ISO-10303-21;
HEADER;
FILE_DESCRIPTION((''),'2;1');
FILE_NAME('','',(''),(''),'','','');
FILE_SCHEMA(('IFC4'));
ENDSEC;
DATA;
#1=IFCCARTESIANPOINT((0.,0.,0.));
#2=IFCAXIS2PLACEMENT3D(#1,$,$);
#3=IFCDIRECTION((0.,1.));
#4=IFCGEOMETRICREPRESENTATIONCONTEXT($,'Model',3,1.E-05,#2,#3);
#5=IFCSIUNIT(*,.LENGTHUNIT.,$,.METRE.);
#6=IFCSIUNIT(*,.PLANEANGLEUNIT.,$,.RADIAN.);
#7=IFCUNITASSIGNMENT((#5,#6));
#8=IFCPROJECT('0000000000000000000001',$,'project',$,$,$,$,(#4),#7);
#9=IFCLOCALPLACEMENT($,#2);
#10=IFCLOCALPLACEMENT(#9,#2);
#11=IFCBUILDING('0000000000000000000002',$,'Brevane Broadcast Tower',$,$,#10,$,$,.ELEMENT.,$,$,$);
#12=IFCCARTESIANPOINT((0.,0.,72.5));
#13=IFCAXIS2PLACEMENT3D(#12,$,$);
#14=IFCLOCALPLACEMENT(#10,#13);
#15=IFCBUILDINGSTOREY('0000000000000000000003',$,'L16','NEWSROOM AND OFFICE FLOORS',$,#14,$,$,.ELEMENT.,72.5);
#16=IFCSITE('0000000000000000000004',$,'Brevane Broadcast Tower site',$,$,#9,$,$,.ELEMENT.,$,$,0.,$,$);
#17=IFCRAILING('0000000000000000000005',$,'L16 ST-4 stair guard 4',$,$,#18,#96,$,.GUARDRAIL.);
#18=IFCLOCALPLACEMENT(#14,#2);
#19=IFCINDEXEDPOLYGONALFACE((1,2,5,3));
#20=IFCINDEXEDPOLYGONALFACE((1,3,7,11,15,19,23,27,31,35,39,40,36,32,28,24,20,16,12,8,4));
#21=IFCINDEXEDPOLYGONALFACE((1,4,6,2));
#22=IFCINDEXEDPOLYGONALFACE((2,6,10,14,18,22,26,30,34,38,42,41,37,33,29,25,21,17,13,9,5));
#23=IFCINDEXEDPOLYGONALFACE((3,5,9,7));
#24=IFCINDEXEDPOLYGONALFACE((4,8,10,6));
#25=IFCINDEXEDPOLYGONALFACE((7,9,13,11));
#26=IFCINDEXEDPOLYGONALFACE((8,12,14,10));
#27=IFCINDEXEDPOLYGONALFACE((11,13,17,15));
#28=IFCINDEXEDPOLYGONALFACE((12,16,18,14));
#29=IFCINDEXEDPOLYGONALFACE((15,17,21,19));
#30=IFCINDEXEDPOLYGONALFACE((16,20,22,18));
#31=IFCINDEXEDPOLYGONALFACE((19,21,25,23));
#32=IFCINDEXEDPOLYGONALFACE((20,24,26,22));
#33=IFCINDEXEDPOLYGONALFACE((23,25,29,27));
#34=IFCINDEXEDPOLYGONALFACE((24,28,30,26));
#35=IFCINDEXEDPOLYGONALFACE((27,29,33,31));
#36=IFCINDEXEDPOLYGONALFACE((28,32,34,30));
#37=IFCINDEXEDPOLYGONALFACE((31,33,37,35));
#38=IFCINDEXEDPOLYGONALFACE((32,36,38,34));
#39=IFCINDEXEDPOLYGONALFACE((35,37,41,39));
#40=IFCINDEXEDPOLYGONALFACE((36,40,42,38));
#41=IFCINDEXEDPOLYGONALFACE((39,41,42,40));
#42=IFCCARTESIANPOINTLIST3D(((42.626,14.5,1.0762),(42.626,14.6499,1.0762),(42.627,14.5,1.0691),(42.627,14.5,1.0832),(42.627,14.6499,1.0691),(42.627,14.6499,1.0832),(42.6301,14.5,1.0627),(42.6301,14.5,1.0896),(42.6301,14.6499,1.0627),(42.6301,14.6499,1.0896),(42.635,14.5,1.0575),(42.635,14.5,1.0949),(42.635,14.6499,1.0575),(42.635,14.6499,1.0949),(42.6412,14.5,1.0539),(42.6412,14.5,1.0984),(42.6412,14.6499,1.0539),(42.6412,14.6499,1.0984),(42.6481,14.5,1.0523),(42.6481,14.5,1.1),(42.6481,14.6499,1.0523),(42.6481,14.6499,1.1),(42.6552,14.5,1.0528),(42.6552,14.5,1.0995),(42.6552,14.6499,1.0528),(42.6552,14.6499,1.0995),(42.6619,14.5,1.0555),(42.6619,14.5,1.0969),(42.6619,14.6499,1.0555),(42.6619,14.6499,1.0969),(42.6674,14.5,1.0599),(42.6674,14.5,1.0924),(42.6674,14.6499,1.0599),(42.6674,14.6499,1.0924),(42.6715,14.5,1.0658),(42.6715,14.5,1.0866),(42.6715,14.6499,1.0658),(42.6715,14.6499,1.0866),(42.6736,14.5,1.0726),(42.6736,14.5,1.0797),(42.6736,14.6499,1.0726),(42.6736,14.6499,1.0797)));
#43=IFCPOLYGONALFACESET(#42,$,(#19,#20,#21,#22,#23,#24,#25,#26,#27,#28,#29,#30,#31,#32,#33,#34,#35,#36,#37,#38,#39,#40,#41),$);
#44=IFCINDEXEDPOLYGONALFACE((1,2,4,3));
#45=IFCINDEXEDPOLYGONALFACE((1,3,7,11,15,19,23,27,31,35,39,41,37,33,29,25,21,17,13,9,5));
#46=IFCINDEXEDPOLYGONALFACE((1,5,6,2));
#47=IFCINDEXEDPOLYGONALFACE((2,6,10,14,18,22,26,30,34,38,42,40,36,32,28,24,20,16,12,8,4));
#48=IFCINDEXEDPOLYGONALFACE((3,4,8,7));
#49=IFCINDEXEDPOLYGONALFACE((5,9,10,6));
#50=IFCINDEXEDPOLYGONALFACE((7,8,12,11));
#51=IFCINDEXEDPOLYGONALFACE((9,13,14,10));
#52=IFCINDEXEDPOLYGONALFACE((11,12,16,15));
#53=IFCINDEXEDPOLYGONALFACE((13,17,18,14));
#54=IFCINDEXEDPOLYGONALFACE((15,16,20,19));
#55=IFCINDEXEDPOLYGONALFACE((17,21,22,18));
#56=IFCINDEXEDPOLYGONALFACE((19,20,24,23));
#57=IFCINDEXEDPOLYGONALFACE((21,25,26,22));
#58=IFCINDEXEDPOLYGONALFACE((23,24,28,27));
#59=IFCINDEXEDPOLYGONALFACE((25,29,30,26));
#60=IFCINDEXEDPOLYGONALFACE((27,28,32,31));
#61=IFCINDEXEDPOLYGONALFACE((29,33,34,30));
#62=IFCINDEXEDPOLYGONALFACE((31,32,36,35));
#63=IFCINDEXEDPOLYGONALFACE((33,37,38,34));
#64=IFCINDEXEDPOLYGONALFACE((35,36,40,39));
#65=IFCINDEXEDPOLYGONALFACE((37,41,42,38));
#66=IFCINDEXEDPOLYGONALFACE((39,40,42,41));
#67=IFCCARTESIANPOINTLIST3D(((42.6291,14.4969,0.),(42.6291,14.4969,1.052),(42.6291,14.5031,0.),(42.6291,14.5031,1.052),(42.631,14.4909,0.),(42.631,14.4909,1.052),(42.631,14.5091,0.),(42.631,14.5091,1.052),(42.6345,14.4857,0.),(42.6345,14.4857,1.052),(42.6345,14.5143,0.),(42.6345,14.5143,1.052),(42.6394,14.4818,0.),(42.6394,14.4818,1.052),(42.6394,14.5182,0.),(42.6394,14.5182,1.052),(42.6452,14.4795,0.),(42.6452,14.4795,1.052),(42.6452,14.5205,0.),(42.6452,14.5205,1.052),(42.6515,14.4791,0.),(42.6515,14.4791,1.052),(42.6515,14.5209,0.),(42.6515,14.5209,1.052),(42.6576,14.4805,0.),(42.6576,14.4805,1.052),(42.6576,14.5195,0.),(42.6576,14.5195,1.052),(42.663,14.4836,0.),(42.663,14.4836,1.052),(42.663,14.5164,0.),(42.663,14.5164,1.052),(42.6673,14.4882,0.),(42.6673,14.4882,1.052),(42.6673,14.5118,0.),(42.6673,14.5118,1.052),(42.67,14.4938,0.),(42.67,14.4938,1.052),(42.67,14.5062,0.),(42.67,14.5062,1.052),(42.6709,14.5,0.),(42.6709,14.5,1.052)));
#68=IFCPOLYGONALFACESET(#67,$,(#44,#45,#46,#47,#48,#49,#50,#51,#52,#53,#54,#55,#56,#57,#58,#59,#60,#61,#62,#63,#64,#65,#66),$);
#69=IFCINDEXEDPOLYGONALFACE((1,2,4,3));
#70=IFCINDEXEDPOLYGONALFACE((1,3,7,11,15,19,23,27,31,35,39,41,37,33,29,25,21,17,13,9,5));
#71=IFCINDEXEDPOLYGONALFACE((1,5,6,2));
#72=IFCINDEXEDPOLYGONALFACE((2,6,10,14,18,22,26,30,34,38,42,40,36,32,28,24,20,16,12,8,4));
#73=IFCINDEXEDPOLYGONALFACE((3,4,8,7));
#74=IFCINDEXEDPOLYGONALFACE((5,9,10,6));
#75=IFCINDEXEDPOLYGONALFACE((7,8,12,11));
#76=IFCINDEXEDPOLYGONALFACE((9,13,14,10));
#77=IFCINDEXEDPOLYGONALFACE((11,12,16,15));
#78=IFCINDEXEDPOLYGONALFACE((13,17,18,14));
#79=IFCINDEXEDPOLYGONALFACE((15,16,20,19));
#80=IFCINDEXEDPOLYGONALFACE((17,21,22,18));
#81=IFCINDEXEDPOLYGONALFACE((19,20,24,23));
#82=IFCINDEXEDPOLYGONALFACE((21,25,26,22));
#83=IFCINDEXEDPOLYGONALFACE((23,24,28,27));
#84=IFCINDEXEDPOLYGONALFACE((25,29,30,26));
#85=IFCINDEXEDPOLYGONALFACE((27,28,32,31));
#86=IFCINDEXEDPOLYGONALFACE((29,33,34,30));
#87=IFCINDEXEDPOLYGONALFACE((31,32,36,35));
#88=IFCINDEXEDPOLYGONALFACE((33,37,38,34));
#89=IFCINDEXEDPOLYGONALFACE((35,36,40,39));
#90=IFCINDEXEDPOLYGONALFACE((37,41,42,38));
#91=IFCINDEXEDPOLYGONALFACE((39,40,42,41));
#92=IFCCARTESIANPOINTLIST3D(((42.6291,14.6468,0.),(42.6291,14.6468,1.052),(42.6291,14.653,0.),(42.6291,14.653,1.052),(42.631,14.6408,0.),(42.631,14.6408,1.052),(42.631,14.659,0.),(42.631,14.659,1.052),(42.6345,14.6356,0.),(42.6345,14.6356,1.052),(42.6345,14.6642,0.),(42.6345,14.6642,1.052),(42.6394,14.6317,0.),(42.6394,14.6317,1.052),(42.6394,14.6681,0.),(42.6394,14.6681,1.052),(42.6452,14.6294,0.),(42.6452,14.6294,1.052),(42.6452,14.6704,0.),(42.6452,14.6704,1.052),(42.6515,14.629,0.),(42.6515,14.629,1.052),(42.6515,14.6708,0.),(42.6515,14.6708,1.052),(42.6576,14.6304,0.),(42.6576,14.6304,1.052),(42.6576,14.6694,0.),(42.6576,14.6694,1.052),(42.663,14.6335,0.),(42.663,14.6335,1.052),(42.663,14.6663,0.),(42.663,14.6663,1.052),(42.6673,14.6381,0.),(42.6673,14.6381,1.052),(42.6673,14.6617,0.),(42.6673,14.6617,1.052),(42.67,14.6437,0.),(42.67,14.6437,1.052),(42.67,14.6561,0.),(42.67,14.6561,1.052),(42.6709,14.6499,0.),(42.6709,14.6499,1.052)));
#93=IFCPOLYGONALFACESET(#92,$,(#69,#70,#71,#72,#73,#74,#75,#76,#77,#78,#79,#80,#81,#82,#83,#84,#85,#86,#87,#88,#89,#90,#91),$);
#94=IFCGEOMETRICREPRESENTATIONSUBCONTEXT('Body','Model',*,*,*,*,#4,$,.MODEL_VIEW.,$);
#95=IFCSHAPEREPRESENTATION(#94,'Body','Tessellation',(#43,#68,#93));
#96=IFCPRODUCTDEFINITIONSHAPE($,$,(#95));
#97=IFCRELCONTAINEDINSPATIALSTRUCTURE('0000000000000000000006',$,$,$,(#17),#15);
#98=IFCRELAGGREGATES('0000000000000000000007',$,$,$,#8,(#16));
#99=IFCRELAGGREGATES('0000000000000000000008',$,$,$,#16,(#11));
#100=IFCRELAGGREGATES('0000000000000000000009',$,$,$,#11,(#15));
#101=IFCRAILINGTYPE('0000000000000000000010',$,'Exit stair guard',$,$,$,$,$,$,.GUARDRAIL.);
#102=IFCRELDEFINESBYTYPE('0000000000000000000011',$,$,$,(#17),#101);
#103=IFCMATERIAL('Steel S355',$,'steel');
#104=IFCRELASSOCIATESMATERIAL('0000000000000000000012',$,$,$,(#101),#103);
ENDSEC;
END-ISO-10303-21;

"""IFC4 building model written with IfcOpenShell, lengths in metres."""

from ifc_helpers import new_model, si_unit, direction, frame, origin, origin_2d, place, context, subcontext, project, spatial, circle, extrude, material, type_object, element, save


model = new_model("IFC4")

# Units and contexts
model_context = context("Model", 3, precision=1e-05, world=origin(), true_north=direction((0.0, 1.0)))
body_context = subcontext(model_context, "Body", "Model", "MODEL_VIEW")
ifc_project = project(units=[si_unit("LENGTHUNIT", "METRE"), si_unit("PLANEANGLEUNIT", "RADIAN")], contexts=[model_context])

# Site, building, storey
site_placement = place(None, origin())
site = spatial("IfcSite", under=ifc_project, at=site_placement, Name="Brevane Broadcast Tower site", CompositionType="ELEMENT", RefElevation=0.0)
building_placement = place(site_placement, origin())
building = spatial("IfcBuilding", under=site, at=building_placement, Name="Brevane Broadcast Tower", CompositionType="ELEMENT")
storey_placement = place(building_placement, frame((0.0, 0.0, 72.5)))
storey = spatial("IfcBuildingStorey", under=building, at=storey_placement, Name="L16", Description="NEWSROOM AND OFFICE FLOORS", CompositionType="ELEMENT", Elevation=72.5)

# Railing
ifc_material_1 = material(Name="Steel S355", Category="steel")
railing_type_1 = type_object("IfcRailingType", Name="Exit stair guard", PredefinedType="GUARDRAIL", material=ifc_material_1)
railing_1_placement = place(storey_placement, frame((42.6499, 14.5, 0.0)))
element("IfcRailing", 1, at=railing_1_placement, inside=storey, type_object=railing_type_1, Name="L16 ST-4 stair guard 4", PredefinedType="GUARDRAIL", context=body_context, shape_type="SweptSolid", body=[
    extrude(circle(Radius=0.0239, at=origin_2d()), frame((0.0, 0.0, 1.0762), z_axis=(0.0, 1.0, 0.0), x_axis=(-1.0, 0.0, 0.0)), (0.0, 0.0, 1.0), 0.1499),
    extrude(circle(Radius=0.021, at=origin_2d()), origin(), (0.0, 0.0, 1.0), 1.052),
    extrude(circle(Radius=0.021, at=origin_2d()), frame((0.0, 0.1499, 0.0)), (0.0, 0.0, 1.0), 1.052),
])

save(model, "model.ifc")
